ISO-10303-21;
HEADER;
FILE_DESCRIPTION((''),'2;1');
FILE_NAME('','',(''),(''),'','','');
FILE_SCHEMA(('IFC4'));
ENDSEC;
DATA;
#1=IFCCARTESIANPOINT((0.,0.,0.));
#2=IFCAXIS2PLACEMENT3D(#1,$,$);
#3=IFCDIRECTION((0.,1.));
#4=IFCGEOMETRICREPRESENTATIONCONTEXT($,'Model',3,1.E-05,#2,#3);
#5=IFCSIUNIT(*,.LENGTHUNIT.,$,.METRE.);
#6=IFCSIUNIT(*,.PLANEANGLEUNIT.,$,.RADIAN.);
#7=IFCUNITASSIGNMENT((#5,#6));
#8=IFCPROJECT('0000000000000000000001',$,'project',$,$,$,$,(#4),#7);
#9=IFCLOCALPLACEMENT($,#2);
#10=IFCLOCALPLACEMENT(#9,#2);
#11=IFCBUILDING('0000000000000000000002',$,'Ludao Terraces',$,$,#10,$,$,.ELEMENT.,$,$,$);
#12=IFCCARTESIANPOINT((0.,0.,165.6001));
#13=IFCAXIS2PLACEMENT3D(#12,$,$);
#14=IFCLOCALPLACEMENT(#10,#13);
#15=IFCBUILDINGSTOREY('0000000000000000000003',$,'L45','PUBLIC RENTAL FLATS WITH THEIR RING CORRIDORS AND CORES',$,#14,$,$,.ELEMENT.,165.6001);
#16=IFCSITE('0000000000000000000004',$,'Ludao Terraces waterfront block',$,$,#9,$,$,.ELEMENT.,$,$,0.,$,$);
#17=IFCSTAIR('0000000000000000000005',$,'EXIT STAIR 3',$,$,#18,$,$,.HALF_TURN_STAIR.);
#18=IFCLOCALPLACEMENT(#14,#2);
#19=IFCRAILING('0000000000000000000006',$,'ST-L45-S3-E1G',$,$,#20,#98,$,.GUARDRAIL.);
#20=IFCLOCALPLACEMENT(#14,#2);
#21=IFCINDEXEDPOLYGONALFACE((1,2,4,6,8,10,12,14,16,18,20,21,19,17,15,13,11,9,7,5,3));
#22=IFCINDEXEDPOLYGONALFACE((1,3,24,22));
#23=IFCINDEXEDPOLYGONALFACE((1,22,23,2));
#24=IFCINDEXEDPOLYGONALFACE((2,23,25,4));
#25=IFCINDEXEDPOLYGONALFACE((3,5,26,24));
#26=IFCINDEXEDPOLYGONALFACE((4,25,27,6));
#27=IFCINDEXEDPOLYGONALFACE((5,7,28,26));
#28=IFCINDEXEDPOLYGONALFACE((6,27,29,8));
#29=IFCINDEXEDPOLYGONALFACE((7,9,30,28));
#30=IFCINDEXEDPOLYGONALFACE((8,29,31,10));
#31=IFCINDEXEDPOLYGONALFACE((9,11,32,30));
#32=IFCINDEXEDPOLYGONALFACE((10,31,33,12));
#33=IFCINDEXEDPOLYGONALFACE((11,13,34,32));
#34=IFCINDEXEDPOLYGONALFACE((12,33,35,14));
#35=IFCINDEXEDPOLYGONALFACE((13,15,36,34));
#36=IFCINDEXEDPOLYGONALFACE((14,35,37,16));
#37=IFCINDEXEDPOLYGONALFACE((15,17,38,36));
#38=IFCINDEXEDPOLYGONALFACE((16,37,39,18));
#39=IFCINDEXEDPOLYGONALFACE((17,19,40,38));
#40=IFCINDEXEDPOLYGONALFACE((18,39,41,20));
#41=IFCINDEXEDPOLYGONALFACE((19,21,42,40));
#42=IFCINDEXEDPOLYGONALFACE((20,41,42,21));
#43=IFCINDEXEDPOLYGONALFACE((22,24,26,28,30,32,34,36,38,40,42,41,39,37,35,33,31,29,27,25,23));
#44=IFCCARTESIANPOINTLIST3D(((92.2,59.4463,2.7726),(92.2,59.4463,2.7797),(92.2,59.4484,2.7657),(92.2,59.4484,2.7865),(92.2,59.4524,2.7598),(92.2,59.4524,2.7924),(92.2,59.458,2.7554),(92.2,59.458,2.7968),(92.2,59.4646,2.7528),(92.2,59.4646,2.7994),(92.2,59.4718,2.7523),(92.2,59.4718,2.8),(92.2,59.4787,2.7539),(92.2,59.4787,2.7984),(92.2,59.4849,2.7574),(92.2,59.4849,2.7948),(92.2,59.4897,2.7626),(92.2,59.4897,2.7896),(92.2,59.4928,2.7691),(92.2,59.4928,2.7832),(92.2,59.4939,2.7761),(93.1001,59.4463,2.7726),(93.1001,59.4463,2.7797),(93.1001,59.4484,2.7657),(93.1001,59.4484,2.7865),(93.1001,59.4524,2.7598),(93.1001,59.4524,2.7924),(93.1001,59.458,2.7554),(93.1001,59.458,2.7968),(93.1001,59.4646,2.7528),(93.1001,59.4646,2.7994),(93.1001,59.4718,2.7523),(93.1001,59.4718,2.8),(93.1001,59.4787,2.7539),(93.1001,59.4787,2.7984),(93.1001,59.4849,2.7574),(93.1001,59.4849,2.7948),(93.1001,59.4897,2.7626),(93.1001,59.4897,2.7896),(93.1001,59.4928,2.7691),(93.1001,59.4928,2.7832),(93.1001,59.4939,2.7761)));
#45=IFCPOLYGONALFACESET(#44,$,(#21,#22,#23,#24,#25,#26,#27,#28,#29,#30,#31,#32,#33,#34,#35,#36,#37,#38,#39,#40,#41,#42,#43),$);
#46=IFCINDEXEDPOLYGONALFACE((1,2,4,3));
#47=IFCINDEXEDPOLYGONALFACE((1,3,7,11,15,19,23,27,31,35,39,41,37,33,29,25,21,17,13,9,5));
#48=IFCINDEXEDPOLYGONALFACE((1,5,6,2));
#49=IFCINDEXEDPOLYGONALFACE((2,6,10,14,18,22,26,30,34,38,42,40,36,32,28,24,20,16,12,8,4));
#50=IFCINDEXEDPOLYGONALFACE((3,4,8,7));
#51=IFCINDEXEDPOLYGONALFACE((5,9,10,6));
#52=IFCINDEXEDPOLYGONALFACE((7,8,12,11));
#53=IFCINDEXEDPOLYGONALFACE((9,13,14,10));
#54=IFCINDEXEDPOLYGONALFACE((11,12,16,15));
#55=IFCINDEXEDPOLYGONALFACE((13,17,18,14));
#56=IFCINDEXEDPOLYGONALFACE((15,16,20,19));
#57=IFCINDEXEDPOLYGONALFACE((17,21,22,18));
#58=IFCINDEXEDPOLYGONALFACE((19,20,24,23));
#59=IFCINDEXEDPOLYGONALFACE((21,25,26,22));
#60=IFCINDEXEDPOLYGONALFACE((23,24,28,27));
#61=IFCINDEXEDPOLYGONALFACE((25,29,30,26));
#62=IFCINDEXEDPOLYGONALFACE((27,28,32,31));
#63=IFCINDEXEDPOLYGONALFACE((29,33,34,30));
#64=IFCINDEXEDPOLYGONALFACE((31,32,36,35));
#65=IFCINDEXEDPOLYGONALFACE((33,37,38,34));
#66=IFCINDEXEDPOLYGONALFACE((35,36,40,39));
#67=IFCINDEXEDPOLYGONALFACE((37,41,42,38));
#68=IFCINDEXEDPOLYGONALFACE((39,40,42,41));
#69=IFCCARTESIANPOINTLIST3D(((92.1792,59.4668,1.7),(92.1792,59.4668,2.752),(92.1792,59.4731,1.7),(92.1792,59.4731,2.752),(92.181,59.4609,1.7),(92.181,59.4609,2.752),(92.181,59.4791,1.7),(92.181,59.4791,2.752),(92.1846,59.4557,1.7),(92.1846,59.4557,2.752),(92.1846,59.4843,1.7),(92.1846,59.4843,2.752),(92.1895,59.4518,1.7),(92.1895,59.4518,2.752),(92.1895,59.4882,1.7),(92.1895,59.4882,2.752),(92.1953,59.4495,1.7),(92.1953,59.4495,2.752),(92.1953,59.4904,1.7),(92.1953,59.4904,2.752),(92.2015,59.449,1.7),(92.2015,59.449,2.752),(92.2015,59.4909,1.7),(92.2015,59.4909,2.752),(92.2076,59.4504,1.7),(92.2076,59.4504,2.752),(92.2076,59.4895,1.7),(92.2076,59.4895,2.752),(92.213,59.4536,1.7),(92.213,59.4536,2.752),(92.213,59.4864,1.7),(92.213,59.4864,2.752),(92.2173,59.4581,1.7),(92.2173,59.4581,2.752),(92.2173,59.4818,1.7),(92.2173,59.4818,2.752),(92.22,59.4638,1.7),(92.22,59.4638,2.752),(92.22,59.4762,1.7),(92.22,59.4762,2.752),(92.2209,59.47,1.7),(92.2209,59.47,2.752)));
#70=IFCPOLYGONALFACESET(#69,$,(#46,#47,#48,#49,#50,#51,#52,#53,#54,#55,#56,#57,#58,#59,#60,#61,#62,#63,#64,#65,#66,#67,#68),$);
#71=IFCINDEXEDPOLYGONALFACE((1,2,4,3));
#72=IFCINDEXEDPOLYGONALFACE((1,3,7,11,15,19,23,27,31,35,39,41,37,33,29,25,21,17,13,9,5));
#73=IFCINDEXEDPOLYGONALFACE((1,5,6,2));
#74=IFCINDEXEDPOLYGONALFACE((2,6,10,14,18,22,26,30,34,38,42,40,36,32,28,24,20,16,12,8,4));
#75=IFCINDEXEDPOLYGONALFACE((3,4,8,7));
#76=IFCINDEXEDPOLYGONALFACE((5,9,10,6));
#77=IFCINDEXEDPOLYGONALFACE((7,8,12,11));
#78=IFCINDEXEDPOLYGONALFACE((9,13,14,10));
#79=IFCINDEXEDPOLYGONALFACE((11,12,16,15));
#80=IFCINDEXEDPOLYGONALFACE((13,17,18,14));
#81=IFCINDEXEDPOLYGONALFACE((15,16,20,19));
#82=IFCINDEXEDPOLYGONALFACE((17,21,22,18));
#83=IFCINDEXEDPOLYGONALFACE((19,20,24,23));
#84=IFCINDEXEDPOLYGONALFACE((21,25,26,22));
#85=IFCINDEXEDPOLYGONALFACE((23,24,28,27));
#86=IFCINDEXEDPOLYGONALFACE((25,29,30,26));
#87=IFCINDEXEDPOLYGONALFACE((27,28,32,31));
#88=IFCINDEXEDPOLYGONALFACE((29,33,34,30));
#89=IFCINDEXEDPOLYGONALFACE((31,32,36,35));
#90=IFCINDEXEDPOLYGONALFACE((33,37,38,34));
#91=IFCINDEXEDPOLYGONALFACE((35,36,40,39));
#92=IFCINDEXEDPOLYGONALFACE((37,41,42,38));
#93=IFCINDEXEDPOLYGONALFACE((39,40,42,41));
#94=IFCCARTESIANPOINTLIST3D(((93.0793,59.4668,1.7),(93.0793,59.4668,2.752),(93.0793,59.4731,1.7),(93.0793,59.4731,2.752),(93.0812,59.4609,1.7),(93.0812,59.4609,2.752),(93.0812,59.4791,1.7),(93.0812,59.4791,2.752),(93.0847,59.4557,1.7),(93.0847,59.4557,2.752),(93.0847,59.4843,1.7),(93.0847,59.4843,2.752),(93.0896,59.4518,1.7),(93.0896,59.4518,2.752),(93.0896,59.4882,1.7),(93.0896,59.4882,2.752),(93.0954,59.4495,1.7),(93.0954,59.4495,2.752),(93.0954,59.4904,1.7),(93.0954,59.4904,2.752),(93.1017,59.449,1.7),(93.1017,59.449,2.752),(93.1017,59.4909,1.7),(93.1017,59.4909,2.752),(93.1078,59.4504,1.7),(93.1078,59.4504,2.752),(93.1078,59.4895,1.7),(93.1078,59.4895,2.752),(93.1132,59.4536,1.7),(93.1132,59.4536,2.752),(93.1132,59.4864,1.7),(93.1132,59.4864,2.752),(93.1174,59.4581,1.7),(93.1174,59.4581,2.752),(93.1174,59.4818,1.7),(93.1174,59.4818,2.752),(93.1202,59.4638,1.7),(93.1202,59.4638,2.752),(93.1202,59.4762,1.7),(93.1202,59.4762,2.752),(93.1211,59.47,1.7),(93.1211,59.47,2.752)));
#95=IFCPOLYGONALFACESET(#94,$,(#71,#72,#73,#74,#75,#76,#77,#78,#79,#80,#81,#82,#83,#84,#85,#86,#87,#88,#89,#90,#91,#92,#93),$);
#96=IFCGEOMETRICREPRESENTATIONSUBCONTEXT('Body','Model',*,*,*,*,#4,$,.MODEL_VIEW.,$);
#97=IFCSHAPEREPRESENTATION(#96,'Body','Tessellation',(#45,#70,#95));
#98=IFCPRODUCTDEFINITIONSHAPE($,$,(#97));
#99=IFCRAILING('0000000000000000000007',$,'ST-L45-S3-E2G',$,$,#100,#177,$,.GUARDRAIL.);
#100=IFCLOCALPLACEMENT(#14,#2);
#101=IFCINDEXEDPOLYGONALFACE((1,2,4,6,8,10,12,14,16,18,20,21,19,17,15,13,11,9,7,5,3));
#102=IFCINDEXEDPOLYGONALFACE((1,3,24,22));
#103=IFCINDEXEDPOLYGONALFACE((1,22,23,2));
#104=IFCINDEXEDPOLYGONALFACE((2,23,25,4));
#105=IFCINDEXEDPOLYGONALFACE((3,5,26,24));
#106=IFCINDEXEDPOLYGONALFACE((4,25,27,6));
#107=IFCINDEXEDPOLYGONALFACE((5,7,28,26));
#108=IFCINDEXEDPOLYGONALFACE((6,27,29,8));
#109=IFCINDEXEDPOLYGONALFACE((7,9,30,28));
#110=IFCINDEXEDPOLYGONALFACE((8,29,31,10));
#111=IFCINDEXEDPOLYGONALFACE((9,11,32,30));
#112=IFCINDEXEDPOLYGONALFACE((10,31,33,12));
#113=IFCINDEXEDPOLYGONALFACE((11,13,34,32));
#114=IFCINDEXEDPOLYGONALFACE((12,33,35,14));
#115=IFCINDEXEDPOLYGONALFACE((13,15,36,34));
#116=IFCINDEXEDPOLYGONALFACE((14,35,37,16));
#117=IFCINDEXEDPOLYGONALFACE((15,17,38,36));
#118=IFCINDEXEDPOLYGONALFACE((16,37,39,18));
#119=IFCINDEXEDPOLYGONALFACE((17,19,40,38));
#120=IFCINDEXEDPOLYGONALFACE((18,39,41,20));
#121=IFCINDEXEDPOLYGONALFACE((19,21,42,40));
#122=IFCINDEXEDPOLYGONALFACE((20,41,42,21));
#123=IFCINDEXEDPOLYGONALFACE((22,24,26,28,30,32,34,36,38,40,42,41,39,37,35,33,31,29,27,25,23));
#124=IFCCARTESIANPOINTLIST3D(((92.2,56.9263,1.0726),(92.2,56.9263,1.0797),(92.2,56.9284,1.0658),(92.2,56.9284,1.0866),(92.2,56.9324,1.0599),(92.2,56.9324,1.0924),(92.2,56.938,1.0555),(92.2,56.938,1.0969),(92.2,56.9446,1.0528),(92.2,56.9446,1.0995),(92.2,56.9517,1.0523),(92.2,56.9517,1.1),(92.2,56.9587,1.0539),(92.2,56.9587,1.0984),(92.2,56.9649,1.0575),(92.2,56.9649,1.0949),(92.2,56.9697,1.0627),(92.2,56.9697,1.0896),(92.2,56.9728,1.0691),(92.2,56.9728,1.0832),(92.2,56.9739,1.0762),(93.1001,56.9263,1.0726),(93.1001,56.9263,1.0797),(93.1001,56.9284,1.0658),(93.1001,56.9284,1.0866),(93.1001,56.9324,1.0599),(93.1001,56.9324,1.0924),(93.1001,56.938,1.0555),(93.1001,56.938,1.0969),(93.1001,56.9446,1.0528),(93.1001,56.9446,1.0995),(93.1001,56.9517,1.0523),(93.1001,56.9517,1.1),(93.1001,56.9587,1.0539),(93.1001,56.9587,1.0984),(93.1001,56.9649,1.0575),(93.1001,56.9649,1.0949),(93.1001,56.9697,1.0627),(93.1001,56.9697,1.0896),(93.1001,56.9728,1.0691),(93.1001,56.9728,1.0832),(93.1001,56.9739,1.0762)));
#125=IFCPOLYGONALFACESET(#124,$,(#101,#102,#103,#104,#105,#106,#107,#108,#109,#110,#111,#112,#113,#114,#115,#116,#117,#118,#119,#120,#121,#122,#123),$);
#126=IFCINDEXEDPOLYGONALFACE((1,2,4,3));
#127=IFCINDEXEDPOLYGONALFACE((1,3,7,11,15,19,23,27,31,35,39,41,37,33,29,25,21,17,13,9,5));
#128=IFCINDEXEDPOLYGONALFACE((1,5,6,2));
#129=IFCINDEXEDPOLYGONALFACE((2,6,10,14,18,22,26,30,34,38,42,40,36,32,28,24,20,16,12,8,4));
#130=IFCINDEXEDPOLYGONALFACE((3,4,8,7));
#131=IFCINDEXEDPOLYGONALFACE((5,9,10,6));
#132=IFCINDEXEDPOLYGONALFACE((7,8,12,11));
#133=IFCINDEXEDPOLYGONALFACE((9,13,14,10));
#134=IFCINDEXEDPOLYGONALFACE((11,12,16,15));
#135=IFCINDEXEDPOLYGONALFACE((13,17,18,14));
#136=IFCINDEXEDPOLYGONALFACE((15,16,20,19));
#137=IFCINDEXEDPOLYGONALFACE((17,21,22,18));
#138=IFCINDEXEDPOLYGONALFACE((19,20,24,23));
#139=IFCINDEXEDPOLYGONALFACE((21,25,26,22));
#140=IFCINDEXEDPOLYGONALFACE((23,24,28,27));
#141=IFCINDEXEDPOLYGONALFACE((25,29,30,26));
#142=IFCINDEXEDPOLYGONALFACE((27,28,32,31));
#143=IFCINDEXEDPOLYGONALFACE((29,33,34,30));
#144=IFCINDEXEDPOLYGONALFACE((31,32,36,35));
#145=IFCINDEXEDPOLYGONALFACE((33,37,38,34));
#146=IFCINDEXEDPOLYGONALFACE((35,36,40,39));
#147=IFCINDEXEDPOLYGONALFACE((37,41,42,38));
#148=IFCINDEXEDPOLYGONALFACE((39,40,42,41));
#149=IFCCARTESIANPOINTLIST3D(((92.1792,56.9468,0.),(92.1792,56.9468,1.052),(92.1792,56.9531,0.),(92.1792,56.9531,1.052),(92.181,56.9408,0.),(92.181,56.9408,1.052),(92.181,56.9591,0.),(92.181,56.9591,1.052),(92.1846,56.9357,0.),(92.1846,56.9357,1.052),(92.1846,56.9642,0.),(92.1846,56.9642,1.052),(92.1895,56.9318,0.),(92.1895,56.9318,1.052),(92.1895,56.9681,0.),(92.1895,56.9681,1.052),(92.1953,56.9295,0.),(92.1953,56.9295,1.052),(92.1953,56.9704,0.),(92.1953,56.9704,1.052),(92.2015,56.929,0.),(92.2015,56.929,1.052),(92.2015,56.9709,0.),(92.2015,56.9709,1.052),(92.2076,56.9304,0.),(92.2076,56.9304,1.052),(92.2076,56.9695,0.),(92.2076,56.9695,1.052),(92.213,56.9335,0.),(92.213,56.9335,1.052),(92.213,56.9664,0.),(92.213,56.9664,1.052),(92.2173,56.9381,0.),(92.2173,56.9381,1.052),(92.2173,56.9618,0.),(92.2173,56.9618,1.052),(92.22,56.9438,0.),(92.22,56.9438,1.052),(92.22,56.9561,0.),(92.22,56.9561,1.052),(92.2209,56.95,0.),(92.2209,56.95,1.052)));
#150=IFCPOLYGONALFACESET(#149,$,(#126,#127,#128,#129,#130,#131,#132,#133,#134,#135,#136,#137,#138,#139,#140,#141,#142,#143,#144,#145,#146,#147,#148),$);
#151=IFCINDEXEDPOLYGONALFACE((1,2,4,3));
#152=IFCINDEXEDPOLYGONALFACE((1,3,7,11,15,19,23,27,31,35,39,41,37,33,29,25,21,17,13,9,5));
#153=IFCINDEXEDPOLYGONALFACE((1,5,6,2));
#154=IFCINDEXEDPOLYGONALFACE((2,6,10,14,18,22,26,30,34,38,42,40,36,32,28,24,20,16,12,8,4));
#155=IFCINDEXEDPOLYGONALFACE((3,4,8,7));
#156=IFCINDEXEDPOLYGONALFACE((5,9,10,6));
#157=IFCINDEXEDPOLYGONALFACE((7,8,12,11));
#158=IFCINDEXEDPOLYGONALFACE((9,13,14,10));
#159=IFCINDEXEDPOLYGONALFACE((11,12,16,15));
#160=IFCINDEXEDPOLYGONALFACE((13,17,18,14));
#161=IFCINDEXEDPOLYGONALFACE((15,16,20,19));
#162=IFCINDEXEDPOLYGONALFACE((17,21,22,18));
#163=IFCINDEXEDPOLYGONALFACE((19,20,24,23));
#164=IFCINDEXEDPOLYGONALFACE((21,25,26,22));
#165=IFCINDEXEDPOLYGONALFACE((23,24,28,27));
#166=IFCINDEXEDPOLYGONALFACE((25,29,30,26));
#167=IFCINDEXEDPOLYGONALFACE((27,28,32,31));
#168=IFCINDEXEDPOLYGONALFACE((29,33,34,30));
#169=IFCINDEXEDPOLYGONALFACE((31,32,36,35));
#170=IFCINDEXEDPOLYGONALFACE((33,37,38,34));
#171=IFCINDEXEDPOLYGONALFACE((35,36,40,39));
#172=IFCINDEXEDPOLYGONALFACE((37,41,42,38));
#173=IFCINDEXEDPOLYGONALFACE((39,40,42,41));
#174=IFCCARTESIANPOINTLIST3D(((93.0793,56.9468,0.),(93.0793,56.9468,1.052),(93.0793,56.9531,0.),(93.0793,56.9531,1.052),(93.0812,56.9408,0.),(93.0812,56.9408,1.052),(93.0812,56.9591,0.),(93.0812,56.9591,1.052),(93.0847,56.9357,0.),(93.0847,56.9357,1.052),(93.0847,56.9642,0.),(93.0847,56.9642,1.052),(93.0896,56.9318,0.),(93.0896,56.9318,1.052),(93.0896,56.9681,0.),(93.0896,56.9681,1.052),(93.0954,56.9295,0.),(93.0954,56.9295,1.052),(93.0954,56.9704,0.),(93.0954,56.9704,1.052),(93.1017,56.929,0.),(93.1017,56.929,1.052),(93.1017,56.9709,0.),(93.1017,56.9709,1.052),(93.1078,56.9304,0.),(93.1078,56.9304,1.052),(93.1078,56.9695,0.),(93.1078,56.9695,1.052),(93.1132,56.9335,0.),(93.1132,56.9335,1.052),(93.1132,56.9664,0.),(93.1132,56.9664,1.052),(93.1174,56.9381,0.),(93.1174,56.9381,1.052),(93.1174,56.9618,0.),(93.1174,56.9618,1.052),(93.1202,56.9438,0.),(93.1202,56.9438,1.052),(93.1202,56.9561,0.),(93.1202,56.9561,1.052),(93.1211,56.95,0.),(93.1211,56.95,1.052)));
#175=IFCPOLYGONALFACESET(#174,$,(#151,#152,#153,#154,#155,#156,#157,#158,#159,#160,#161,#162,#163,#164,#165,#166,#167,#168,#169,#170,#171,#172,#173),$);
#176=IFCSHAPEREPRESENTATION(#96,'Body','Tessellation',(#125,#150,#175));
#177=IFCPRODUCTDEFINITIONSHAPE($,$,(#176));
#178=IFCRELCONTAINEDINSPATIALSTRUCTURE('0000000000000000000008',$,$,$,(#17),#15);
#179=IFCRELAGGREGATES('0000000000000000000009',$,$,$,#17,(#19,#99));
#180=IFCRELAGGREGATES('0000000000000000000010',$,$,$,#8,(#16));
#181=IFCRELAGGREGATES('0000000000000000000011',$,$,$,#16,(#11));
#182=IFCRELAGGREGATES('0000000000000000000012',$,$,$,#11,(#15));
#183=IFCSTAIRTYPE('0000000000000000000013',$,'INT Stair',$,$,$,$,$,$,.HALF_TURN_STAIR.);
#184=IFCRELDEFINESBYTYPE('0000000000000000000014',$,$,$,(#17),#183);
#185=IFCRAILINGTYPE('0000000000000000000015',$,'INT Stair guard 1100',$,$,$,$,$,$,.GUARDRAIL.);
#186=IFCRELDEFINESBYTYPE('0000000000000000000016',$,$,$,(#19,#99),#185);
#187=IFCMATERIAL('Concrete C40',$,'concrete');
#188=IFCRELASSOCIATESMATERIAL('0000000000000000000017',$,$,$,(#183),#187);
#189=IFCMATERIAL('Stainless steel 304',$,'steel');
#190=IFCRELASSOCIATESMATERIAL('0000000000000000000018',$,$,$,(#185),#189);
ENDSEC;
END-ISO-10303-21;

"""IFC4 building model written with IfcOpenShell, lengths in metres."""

from ifc_helpers import new_model, si_unit, direction, frame, origin, origin_2d, place, context, subcontext, project, spatial, circle, extrude, material, type_object, element, aggregate, save


model = new_model("IFC4")

# Units and contexts
model_context = context("Model", 3, precision=1e-05, world=origin(), true_north=direction((0.0, 1.0)))
body_context = subcontext(model_context, "Body", "Model", "MODEL_VIEW")
ifc_project = project(units=[si_unit("LENGTHUNIT", "METRE"), si_unit("PLANEANGLEUNIT", "RADIAN")], contexts=[model_context])

# Site, building, storey
site_placement = place(None, origin())
site = spatial("IfcSite", under=ifc_project, at=site_placement, Name="Ludao Terraces waterfront block", CompositionType="ELEMENT", RefElevation=0.0)
building_placement = place(site_placement, origin())
building = spatial("IfcBuilding", under=site, at=building_placement, Name="Ludao Terraces", CompositionType="ELEMENT")
storey_placement = place(building_placement, frame((0.0, 0.0, 165.6001)))
storey = spatial("IfcBuildingStorey", under=building, at=storey_placement, Name="L45", Description="PUBLIC RENTAL FLATS WITH THEIR RING CORRIDORS AND CORES", CompositionType="ELEMENT", Elevation=165.6001)

# Shared definitions
ifc_material_1 = material(Name="Concrete C40", Category="concrete")

# Stair, railings
stair_type = type_object("IfcStairType", Name="INT Stair", PredefinedType="HALF_TURN_STAIR", material=ifc_material_1)
stair_placement = place(storey_placement, origin())
stair = element("IfcStair", 1, at=stair_placement, inside=storey, type_object=stair_type, Name="EXIT STAIR 3", PredefinedType="HALF_TURN_STAIR")
ifc_material_2 = material(Name="Stainless steel 304", Category="steel")
railing_type_1 = type_object("IfcRailingType", Name="INT Stair guard 1100", PredefinedType="GUARDRAIL", material=ifc_material_2)
railing_1_placement = place(storey_placement, frame((92.2, 59.47, 1.7)))
railing_1 = element("IfcRailing", 2, at=railing_1_placement, type_object=railing_type_1, Name="ST-L45-S3-E1G", PredefinedType="GUARDRAIL", context=body_context, shape_type="SweptSolid", body=[
    extrude(circle(Radius=0.0239, at=origin_2d()), frame((0.0, 0.0, 1.0762), z_axis=(1.0, 0.0, 0.0), x_axis=(0.0, 1.0, 0.0)), (0.0, 0.0, 1.0), 0.9001),
    extrude(circle(Radius=0.021, at=origin_2d()), origin(), (0.0, 0.0, 1.0), 1.052),
    extrude(circle(Radius=0.021, at=origin_2d()), frame((0.9001, 0.0, 0.0)), (0.0, 0.0, 1.0), 1.052),
])
railing_2_placement = place(storey_placement, frame((92.2, 56.95, 0.0)))
railing_2 = element("IfcRailing", 3, at=railing_2_placement, type_object=railing_type_1, Name="ST-L45-S3-E2G", PredefinedType="GUARDRAIL", context=body_context, shape_type="SweptSolid", body=[
    extrude(circle(Radius=0.0239, at=origin_2d()), frame((0.0, 0.0, 1.0762), z_axis=(1.0, 0.0, 0.0), x_axis=(0.0, 1.0, 0.0)), (0.0, 0.0, 1.0), 0.9001),
    extrude(circle(Radius=0.021, at=origin_2d()), origin(), (0.0, 0.0, 1.0), 1.052),
    extrude(circle(Radius=0.021, at=origin_2d()), frame((0.9001, 0.0, 0.0)), (0.0, 0.0, 1.0), 1.052),
])
aggregate(stair, [railing_1, railing_2])

save(model, "model.ifc")
